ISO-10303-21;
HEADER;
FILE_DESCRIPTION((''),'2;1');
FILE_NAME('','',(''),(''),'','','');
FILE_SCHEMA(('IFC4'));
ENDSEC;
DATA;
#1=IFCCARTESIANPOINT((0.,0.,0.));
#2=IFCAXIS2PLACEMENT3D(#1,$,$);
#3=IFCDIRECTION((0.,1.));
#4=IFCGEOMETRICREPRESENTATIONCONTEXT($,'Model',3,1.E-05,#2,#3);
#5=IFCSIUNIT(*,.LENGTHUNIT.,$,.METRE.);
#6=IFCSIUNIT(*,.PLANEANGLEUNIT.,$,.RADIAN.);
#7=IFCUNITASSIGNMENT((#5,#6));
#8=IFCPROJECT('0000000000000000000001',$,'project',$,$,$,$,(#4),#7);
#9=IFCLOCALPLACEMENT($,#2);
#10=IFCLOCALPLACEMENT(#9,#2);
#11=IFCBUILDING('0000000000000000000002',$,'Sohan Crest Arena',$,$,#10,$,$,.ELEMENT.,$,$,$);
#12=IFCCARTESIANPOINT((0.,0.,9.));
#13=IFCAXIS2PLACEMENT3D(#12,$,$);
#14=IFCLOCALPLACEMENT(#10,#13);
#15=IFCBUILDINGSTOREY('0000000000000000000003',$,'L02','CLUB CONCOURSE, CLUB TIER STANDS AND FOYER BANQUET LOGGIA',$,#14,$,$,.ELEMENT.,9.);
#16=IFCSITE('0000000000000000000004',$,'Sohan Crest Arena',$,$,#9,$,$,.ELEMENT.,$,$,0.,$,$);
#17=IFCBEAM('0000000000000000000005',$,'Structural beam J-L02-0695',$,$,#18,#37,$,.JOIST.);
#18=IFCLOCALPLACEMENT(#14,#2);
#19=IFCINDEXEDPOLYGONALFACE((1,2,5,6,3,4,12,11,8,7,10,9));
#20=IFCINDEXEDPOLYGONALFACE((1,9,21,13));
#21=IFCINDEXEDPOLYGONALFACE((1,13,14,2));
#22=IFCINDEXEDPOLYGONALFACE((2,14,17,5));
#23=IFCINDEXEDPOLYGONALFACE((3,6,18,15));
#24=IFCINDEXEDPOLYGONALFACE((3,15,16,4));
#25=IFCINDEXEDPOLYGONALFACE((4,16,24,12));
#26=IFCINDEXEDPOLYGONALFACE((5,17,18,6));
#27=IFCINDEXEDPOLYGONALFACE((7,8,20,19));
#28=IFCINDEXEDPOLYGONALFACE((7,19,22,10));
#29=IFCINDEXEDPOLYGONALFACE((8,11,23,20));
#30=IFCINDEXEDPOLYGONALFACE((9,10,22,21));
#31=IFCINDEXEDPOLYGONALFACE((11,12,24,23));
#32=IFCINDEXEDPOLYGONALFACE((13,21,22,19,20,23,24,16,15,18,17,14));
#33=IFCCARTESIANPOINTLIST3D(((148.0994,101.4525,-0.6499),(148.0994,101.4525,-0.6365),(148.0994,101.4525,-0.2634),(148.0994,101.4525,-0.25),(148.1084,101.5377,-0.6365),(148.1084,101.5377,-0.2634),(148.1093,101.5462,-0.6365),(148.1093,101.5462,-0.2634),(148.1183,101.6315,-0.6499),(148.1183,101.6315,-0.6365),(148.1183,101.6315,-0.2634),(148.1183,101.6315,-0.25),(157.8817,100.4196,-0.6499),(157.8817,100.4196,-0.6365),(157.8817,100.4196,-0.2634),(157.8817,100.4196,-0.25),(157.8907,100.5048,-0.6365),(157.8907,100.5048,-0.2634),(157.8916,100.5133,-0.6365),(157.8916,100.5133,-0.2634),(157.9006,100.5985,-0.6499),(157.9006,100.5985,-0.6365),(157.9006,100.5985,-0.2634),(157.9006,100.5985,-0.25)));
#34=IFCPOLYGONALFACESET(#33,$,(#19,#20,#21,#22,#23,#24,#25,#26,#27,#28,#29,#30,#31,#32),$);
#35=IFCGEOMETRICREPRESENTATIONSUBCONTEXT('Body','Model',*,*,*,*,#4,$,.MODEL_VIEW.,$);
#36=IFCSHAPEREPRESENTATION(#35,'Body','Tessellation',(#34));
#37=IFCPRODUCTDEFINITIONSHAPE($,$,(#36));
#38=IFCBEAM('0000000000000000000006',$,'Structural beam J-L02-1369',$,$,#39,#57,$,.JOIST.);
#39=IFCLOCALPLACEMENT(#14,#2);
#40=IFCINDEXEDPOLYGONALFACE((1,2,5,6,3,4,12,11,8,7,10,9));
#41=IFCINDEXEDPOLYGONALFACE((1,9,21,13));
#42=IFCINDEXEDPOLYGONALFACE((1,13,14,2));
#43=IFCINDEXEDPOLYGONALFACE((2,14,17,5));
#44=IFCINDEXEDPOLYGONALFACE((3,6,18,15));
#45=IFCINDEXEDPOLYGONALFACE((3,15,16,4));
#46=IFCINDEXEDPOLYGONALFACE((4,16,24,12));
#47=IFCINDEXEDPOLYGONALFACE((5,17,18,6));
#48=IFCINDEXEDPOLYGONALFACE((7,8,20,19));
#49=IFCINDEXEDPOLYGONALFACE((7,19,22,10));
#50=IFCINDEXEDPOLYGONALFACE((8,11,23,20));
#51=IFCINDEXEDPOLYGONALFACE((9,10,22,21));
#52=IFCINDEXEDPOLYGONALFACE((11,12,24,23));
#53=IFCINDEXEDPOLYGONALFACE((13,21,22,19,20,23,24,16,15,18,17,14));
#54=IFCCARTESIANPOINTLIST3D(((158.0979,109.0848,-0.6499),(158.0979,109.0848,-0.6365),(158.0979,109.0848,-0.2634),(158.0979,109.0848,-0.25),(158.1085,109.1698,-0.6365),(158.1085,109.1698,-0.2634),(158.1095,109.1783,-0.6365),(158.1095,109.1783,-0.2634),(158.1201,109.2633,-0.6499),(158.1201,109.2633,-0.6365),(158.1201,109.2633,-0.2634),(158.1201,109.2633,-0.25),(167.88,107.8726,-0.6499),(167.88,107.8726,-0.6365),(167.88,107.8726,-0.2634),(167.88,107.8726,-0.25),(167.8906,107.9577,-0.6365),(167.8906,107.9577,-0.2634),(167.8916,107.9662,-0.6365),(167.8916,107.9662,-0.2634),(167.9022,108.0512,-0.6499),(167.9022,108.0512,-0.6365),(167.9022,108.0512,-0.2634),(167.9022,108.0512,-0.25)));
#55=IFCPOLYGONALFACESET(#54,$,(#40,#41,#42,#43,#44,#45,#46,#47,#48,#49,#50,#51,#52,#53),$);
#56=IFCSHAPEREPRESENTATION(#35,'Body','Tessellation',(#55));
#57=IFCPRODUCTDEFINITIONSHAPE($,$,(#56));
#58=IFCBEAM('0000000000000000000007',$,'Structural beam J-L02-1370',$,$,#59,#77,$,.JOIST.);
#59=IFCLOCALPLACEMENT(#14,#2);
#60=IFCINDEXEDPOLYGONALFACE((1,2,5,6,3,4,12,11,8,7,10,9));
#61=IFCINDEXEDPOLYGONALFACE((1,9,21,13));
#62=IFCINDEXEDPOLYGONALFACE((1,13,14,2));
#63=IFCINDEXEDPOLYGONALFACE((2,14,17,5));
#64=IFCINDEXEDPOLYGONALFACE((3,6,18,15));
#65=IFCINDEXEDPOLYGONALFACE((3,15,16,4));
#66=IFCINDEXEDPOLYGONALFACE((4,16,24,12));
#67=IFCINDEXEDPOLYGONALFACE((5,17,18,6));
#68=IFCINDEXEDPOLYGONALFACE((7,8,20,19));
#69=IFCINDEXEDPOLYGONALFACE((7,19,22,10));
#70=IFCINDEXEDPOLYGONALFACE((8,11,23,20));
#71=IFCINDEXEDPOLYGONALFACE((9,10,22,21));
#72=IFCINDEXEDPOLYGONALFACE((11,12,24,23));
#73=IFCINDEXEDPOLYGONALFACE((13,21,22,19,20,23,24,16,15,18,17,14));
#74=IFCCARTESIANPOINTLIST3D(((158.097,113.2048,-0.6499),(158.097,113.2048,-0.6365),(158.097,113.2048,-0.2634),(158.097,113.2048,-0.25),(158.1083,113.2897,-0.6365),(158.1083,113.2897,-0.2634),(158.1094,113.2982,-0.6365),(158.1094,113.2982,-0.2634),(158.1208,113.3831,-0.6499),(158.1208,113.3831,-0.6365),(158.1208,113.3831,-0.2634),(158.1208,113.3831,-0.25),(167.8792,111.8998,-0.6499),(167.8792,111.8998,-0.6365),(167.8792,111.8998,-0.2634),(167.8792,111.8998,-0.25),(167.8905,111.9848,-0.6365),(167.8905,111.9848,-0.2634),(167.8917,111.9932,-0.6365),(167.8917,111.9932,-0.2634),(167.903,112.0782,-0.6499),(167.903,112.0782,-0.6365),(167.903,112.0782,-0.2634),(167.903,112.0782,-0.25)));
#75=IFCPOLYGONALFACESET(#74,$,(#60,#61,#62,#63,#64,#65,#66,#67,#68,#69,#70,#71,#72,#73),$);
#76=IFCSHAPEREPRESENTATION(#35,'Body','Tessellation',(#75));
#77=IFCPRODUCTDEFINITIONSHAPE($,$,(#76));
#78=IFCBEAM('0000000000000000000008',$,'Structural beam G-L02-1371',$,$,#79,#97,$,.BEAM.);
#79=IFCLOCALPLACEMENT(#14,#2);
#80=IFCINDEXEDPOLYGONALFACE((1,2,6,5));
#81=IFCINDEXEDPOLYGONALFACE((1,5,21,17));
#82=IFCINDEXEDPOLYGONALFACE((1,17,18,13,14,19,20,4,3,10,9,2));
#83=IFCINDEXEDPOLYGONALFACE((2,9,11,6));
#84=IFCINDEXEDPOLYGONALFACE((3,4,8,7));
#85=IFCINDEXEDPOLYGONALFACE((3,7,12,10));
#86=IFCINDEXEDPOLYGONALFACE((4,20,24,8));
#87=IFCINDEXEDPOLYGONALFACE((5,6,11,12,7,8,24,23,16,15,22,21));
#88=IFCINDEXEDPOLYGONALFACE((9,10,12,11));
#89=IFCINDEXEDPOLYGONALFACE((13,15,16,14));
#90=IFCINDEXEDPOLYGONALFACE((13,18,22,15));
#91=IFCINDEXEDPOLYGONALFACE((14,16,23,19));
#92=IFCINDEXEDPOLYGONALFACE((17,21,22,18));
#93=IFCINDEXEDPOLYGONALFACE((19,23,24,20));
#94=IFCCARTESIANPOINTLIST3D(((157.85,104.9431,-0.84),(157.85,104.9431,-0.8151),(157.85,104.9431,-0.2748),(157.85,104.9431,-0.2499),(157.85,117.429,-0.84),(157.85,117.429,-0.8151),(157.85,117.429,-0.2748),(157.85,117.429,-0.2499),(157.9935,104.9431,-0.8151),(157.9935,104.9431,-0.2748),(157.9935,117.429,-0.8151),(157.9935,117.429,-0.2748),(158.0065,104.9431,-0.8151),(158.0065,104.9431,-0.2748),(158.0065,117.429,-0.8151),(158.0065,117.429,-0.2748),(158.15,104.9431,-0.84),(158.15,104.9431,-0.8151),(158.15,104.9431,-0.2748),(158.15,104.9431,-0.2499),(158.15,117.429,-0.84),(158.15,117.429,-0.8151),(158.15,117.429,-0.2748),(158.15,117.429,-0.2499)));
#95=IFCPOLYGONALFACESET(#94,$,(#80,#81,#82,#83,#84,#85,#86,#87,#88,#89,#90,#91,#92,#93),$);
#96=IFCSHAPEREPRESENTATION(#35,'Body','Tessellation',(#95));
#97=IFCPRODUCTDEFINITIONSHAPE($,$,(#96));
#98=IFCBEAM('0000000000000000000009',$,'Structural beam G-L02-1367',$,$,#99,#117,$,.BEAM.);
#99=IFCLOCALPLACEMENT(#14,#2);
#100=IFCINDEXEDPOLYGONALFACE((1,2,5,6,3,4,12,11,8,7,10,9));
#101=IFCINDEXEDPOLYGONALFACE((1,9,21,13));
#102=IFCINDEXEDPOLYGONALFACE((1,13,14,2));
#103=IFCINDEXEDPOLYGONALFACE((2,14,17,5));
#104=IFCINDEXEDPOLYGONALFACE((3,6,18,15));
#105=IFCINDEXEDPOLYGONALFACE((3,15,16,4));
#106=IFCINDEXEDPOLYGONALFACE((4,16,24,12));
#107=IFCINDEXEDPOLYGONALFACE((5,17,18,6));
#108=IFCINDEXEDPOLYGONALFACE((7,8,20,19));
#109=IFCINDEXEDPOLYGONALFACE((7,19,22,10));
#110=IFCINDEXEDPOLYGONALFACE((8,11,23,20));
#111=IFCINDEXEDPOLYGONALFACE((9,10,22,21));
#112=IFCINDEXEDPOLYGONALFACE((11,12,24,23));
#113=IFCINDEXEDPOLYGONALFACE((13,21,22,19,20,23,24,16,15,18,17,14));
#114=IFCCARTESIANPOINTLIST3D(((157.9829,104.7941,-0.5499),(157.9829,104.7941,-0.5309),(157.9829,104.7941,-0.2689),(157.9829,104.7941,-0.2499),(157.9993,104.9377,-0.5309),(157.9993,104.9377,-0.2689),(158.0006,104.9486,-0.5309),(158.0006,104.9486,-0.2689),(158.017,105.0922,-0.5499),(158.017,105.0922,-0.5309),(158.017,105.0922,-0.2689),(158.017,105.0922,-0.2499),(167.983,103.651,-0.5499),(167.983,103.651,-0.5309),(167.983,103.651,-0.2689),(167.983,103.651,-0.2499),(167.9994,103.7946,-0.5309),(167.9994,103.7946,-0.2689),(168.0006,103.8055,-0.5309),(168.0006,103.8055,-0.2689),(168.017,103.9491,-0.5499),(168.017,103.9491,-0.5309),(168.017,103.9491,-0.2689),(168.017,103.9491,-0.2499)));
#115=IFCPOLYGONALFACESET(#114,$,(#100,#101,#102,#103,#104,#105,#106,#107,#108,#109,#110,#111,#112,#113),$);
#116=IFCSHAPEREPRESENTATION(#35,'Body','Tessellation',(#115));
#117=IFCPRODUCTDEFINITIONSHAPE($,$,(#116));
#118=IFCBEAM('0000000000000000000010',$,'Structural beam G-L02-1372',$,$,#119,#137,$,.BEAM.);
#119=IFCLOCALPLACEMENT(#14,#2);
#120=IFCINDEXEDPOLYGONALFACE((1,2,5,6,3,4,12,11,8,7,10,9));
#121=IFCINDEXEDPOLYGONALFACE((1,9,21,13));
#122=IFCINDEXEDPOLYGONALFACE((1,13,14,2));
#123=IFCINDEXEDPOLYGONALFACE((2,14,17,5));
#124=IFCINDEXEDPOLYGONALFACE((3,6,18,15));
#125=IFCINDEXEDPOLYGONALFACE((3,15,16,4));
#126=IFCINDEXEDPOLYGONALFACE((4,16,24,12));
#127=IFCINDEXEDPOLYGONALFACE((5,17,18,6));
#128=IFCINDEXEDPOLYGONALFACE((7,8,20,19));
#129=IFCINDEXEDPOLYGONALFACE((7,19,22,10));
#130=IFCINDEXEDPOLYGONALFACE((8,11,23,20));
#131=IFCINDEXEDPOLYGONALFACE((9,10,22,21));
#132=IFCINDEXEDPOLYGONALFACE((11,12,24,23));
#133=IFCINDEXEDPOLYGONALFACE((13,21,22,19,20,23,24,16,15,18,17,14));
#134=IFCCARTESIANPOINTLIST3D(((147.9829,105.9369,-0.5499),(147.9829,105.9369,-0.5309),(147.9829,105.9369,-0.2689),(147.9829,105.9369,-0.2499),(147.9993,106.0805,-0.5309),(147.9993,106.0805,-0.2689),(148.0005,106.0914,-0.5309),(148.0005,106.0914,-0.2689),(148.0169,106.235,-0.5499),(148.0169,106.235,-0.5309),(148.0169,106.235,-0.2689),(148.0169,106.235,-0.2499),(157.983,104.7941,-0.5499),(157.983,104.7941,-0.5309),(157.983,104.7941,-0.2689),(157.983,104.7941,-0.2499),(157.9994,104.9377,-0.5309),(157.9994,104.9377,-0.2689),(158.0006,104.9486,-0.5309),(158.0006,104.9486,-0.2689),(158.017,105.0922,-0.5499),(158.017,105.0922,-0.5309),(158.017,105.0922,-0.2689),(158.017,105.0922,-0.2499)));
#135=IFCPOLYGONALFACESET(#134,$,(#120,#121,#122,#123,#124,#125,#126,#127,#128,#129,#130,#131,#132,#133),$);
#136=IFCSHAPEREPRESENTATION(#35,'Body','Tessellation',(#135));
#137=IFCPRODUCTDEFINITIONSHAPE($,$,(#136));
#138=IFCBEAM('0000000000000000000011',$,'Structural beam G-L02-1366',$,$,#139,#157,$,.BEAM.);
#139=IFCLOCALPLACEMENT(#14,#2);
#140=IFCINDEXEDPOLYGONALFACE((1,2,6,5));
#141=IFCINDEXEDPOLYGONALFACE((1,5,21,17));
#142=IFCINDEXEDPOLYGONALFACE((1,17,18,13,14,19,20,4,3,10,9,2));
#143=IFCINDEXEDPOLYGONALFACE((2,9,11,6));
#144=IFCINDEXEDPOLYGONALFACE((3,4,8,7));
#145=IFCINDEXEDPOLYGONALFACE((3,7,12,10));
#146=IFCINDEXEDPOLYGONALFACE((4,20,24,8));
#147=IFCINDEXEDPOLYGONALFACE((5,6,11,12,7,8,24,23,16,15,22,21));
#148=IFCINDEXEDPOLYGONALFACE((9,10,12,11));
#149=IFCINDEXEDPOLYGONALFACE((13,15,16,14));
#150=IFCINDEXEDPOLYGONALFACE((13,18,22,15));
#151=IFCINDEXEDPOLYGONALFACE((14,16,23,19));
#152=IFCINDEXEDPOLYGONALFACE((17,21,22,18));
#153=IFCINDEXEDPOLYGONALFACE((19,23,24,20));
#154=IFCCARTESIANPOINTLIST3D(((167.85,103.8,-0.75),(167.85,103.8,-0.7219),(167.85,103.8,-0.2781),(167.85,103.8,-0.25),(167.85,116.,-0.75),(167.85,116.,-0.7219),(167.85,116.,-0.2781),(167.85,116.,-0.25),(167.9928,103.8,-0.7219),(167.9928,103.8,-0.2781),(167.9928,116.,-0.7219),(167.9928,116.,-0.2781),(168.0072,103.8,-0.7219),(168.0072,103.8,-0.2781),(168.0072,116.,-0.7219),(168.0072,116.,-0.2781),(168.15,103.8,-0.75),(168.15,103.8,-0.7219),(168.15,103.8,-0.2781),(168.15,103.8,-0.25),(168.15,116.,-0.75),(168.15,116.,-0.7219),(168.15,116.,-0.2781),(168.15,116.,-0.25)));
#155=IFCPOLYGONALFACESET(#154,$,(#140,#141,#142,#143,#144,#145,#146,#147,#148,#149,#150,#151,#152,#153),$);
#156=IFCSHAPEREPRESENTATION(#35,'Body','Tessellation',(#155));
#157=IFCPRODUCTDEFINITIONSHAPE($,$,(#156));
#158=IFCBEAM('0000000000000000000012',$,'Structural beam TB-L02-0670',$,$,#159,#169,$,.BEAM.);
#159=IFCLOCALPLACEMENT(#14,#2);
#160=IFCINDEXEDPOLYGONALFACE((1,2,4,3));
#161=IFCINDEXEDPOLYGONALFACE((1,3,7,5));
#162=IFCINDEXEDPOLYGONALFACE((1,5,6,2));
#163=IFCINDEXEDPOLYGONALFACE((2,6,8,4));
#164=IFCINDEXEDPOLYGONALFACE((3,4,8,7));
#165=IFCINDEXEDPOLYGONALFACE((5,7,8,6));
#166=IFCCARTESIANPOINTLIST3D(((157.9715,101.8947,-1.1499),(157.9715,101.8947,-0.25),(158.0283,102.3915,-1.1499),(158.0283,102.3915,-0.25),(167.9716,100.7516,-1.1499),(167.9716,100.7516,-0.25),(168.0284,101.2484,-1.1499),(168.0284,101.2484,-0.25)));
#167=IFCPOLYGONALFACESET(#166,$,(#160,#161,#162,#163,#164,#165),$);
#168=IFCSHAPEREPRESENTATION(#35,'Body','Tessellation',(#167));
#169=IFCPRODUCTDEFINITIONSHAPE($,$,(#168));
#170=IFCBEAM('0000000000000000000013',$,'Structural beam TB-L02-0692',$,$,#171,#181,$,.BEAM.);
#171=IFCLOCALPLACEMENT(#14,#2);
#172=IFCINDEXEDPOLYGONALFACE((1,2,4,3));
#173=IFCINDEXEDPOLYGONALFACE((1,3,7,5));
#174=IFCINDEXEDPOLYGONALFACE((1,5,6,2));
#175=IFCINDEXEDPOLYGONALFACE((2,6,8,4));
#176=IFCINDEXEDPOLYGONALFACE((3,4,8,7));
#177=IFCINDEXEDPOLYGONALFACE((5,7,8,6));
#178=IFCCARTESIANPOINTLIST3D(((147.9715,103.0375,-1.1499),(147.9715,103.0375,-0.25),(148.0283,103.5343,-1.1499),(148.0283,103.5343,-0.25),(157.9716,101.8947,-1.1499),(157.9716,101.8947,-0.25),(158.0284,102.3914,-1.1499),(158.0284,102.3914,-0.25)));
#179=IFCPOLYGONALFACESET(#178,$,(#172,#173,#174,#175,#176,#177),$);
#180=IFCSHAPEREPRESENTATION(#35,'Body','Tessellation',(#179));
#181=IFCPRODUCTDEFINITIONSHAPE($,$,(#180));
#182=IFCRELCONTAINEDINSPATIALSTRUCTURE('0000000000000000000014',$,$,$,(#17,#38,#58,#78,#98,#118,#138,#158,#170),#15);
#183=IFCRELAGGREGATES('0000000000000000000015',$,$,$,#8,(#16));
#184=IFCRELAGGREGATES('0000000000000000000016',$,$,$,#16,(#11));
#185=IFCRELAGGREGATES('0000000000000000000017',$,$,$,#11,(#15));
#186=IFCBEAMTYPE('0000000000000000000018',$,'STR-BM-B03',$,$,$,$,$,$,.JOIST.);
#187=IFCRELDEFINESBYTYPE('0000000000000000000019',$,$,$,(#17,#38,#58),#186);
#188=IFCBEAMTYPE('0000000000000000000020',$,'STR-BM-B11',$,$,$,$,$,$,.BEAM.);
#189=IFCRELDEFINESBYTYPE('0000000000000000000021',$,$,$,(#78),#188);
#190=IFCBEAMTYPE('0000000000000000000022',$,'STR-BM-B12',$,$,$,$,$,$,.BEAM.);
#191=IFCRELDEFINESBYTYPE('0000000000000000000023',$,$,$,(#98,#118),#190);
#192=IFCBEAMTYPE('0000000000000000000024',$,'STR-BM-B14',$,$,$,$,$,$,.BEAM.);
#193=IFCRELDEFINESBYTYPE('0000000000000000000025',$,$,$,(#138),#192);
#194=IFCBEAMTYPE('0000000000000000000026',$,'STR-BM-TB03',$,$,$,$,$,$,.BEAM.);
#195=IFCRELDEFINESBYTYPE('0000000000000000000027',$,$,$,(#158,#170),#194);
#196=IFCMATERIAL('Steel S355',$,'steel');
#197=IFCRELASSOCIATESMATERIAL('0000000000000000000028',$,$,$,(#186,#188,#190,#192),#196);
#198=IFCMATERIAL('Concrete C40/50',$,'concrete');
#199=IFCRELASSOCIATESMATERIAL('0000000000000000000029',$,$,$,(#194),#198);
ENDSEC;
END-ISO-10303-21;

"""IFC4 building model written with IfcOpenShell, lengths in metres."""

from ifc_helpers import new_model, si_unit, direction, frame, origin, origin_2d, place, context, subcontext, project, spatial, rectangle, i_section, extrude, material, material_profile, profile_set, type_object, element, save


model = new_model("IFC4")

# Units and contexts
model_context = context("Model", 3, precision=1e-05, world=origin(), true_north=direction((0.0, 1.0)))
body_context = subcontext(model_context, "Body", "Model", "MODEL_VIEW")
ifc_project = project(units=[si_unit("LENGTHUNIT", "METRE"), si_unit("PLANEANGLEUNIT", "RADIAN")], contexts=[model_context])

# Site, building, storey
site_placement = place(None, origin())
site = spatial("IfcSite", under=ifc_project, at=site_placement, Name="Sohan Crest Arena", CompositionType="ELEMENT", RefElevation=0.0)
building_placement = place(site_placement, origin())
building = spatial("IfcBuilding", under=site, at=building_placement, Name="Sohan Crest Arena", CompositionType="ELEMENT")
storey_placement = place(building_placement, frame((0.0, 0.0, 9.0)))
storey = spatial("IfcBuildingStorey", under=building, at=storey_placement, Name="L02", Description="CLUB CONCOURSE, CLUB TIER STANDS AND FOYER BANQUET LOGGIA", CompositionType="ELEMENT", Elevation=9.0)

# Shared definitions
ifc_material_1 = material(Name="Concrete C40/50", Category="concrete")
ifc_material_2 = material(Name="Steel S355", Category="steel")

# Beams
ifc_material_profile_1 = material_profile(ifc_material_2, i_section(OverallWidth=0.1799, OverallDepth=0.3999, WebThickness=0.0085, FlangeThickness=0.0134, at=origin_2d()), Name="IPE 400")
ifc_profile_set_1 = profile_set([ifc_material_profile_1], Name="Steel S355")
beam_type_1 = type_object("IfcBeamType", Name="STR-BM-B03", PredefinedType="JOIST", material=ifc_profile_set_1)
beam_1_placement = place(storey_placement, frame((157.8911, 100.509, -0.45), z_axis=(-0.994471, 0.105012, 0.0), x_axis=(-0.105012, -0.994471, 0.0)))
element("IfcBeam", 1, at=beam_1_placement, inside=storey, type_object=beam_type_1, Name="Structural beam J-L02-0695", PredefinedType="JOIST", context=body_context, shape_type="SweptSolid", body=[
    extrude(i_section(OverallWidth=0.1799, OverallDepth=0.3999, WebThickness=0.0085, FlangeThickness=0.0134, at=origin_2d()), origin(), (0.0, 0.0, 1.0), 9.8367),
])
beam_2_placement = place(storey_placement, frame((167.8911, 107.9619, -0.45), z_axis=(-0.99241, 0.122974, 0.0), x_axis=(-0.122974, -0.99241, 0.0)))
element("IfcBeam", 2, at=beam_2_placement, inside=storey, type_object=beam_type_1, Name="Structural beam J-L02-1369", PredefinedType="JOIST", context=body_context, shape_type="SweptSolid", body=[
    extrude(i_section(OverallWidth=0.1799, OverallDepth=0.3999, WebThickness=0.0085, FlangeThickness=0.0134, at=origin_2d()), origin(), (0.0, 0.0, 1.0), 9.8569),
])
beam_3_placement = place(storey_placement, frame((167.8911, 111.989, -0.45), z_axis=(-0.991219, 0.132227, 0.0), x_axis=(-0.132227, -0.991219, 0.0)))
element("IfcBeam", 3, at=beam_3_placement, inside=storey, type_object=beam_type_1, Name="Structural beam J-L02-1370", PredefinedType="JOIST", context=body_context, shape_type="SweptSolid", body=[
    extrude(i_section(OverallWidth=0.1799, OverallDepth=0.3999, WebThickness=0.0085, FlangeThickness=0.0134, at=origin_2d()), origin(), (0.0, 0.0, 1.0), 9.8689),
])
ifc_material_profile_2 = material_profile(ifc_material_2, i_section(OverallWidth=0.3, OverallDepth=0.5901, WebThickness=0.0129, FlangeThickness=0.0249, at=origin_2d()), Name="HEA 600")
ifc_profile_set_2 = profile_set([ifc_material_profile_2], Name="Steel S355")
beam_type_2 = type_object("IfcBeamType", Name="STR-BM-B11", PredefinedType="BEAM", material=ifc_profile_set_2)
beam_4_placement = place(storey_placement, frame((158.0, 104.9431, -0.5449), z_axis=(0.0, 1.0, 0.0), x_axis=(-1.0, 0.0, 0.0)))
element("IfcBeam", 4, at=beam_4_placement, inside=storey, type_object=beam_type_2, Name="Structural beam G-L02-1371", PredefinedType="BEAM", context=body_context, shape_type="SweptSolid", body=[
    extrude(i_section(OverallWidth=0.3, OverallDepth=0.5901, WebThickness=0.0129, FlangeThickness=0.0249, at=origin_2d()), origin(), (0.0, 0.0, 1.0), 12.4858),
])
ifc_material_profile_3 = material_profile(ifc_material_2, i_section(OverallWidth=0.3, OverallDepth=0.3, WebThickness=0.011, FlangeThickness=0.019, at=origin_2d()), Name="HEB 300")
ifc_profile_set_3 = profile_set([ifc_material_profile_3], Name="Steel S355")
beam_type_3 = type_object("IfcBeamType", Name="STR-BM-B12", PredefinedType="BEAM", material=ifc_profile_set_3)
for number, where, z_axis, x_axis, name in (
    (5, (168.0, 103.8, -0.3999), (-0.99353, 0.113567, 0.0), (-0.113567, -0.99353, 0.0), "Structural beam G-L02-1367"),
    (6, (158.0, 104.9431, -0.3999), (-0.993533, 0.113543, 0.0), (-0.113543, -0.993533, 0.0), "Structural beam G-L02-1372"),
):
    element("IfcBeam", number, at=place(storey_placement, frame(where, z_axis=z_axis, x_axis=x_axis)), inside=storey, type_object=beam_type_3, Name=name, PredefinedType="BEAM", context=body_context, shape_type="SweptSolid", body=[
        extrude(i_section(OverallWidth=0.3, OverallDepth=0.3, WebThickness=0.011, FlangeThickness=0.019, at=origin_2d()), origin(), (0.0, 0.0, 1.0), 10.0652),
    ])
ifc_material_profile_4 = material_profile(ifc_material_2, i_section(OverallWidth=0.3, OverallDepth=0.5, WebThickness=0.0144, FlangeThickness=0.0281, at=origin_2d()), Name="HEB 500")
ifc_profile_set_4 = profile_set([ifc_material_profile_4], Name="Steel S355")
beam_type_4 = type_object("IfcBeamType", Name="STR-BM-B14", PredefinedType="BEAM", material=ifc_profile_set_4)
beam_5_placement = place(storey_placement, frame((168.0, 103.8, -0.5), z_axis=(0.0, 1.0, 0.0), x_axis=(-1.0, 0.0, 0.0)))
element("IfcBeam", 7, at=beam_5_placement, inside=storey, type_object=beam_type_4, Name="Structural beam G-L02-1366", PredefinedType="BEAM", context=body_context, shape_type="SweptSolid", body=[
    extrude(i_section(OverallWidth=0.3, OverallDepth=0.5, WebThickness=0.0144, FlangeThickness=0.0281, at=origin_2d()), origin(), (0.0, 0.0, 1.0), 12.2),
])
ifc_material_profile_5 = material_profile(ifc_material_1, rectangle(XDim=0.5, YDim=0.8999, at=origin_2d()), Name="RC-BM 500x900")
ifc_profile_set_5 = profile_set([ifc_material_profile_5], Name="Concrete C40/50")
beam_type_5 = type_object("IfcBeamType", Name="STR-BM-TB03", PredefinedType="BEAM", material=ifc_profile_set_5)
for number, where, z_axis, x_axis, name in (
    (8, (168.0, 101.0, -0.7), (-0.99353, 0.113567, 0.0), (-0.113567, -0.99353, 0.0), "Structural beam TB-L02-0670"),
    (9, (158.0, 102.1431, -0.7), (-0.993533, 0.113543, 0.0), (-0.113543, -0.993533, 0.0), "Structural beam TB-L02-0692"),
):
    element("IfcBeam", number, at=place(storey_placement, frame(where, z_axis=z_axis, x_axis=x_axis)), inside=storey, type_object=beam_type_5, Name=name, PredefinedType="BEAM", context=body_context, shape_type="SweptSolid", body=[
        extrude(rectangle(XDim=0.5, YDim=0.8999, at=origin_2d()), origin(), (0.0, 0.0, 1.0), 10.0652),
    ])

save(model, "model.ifc")
